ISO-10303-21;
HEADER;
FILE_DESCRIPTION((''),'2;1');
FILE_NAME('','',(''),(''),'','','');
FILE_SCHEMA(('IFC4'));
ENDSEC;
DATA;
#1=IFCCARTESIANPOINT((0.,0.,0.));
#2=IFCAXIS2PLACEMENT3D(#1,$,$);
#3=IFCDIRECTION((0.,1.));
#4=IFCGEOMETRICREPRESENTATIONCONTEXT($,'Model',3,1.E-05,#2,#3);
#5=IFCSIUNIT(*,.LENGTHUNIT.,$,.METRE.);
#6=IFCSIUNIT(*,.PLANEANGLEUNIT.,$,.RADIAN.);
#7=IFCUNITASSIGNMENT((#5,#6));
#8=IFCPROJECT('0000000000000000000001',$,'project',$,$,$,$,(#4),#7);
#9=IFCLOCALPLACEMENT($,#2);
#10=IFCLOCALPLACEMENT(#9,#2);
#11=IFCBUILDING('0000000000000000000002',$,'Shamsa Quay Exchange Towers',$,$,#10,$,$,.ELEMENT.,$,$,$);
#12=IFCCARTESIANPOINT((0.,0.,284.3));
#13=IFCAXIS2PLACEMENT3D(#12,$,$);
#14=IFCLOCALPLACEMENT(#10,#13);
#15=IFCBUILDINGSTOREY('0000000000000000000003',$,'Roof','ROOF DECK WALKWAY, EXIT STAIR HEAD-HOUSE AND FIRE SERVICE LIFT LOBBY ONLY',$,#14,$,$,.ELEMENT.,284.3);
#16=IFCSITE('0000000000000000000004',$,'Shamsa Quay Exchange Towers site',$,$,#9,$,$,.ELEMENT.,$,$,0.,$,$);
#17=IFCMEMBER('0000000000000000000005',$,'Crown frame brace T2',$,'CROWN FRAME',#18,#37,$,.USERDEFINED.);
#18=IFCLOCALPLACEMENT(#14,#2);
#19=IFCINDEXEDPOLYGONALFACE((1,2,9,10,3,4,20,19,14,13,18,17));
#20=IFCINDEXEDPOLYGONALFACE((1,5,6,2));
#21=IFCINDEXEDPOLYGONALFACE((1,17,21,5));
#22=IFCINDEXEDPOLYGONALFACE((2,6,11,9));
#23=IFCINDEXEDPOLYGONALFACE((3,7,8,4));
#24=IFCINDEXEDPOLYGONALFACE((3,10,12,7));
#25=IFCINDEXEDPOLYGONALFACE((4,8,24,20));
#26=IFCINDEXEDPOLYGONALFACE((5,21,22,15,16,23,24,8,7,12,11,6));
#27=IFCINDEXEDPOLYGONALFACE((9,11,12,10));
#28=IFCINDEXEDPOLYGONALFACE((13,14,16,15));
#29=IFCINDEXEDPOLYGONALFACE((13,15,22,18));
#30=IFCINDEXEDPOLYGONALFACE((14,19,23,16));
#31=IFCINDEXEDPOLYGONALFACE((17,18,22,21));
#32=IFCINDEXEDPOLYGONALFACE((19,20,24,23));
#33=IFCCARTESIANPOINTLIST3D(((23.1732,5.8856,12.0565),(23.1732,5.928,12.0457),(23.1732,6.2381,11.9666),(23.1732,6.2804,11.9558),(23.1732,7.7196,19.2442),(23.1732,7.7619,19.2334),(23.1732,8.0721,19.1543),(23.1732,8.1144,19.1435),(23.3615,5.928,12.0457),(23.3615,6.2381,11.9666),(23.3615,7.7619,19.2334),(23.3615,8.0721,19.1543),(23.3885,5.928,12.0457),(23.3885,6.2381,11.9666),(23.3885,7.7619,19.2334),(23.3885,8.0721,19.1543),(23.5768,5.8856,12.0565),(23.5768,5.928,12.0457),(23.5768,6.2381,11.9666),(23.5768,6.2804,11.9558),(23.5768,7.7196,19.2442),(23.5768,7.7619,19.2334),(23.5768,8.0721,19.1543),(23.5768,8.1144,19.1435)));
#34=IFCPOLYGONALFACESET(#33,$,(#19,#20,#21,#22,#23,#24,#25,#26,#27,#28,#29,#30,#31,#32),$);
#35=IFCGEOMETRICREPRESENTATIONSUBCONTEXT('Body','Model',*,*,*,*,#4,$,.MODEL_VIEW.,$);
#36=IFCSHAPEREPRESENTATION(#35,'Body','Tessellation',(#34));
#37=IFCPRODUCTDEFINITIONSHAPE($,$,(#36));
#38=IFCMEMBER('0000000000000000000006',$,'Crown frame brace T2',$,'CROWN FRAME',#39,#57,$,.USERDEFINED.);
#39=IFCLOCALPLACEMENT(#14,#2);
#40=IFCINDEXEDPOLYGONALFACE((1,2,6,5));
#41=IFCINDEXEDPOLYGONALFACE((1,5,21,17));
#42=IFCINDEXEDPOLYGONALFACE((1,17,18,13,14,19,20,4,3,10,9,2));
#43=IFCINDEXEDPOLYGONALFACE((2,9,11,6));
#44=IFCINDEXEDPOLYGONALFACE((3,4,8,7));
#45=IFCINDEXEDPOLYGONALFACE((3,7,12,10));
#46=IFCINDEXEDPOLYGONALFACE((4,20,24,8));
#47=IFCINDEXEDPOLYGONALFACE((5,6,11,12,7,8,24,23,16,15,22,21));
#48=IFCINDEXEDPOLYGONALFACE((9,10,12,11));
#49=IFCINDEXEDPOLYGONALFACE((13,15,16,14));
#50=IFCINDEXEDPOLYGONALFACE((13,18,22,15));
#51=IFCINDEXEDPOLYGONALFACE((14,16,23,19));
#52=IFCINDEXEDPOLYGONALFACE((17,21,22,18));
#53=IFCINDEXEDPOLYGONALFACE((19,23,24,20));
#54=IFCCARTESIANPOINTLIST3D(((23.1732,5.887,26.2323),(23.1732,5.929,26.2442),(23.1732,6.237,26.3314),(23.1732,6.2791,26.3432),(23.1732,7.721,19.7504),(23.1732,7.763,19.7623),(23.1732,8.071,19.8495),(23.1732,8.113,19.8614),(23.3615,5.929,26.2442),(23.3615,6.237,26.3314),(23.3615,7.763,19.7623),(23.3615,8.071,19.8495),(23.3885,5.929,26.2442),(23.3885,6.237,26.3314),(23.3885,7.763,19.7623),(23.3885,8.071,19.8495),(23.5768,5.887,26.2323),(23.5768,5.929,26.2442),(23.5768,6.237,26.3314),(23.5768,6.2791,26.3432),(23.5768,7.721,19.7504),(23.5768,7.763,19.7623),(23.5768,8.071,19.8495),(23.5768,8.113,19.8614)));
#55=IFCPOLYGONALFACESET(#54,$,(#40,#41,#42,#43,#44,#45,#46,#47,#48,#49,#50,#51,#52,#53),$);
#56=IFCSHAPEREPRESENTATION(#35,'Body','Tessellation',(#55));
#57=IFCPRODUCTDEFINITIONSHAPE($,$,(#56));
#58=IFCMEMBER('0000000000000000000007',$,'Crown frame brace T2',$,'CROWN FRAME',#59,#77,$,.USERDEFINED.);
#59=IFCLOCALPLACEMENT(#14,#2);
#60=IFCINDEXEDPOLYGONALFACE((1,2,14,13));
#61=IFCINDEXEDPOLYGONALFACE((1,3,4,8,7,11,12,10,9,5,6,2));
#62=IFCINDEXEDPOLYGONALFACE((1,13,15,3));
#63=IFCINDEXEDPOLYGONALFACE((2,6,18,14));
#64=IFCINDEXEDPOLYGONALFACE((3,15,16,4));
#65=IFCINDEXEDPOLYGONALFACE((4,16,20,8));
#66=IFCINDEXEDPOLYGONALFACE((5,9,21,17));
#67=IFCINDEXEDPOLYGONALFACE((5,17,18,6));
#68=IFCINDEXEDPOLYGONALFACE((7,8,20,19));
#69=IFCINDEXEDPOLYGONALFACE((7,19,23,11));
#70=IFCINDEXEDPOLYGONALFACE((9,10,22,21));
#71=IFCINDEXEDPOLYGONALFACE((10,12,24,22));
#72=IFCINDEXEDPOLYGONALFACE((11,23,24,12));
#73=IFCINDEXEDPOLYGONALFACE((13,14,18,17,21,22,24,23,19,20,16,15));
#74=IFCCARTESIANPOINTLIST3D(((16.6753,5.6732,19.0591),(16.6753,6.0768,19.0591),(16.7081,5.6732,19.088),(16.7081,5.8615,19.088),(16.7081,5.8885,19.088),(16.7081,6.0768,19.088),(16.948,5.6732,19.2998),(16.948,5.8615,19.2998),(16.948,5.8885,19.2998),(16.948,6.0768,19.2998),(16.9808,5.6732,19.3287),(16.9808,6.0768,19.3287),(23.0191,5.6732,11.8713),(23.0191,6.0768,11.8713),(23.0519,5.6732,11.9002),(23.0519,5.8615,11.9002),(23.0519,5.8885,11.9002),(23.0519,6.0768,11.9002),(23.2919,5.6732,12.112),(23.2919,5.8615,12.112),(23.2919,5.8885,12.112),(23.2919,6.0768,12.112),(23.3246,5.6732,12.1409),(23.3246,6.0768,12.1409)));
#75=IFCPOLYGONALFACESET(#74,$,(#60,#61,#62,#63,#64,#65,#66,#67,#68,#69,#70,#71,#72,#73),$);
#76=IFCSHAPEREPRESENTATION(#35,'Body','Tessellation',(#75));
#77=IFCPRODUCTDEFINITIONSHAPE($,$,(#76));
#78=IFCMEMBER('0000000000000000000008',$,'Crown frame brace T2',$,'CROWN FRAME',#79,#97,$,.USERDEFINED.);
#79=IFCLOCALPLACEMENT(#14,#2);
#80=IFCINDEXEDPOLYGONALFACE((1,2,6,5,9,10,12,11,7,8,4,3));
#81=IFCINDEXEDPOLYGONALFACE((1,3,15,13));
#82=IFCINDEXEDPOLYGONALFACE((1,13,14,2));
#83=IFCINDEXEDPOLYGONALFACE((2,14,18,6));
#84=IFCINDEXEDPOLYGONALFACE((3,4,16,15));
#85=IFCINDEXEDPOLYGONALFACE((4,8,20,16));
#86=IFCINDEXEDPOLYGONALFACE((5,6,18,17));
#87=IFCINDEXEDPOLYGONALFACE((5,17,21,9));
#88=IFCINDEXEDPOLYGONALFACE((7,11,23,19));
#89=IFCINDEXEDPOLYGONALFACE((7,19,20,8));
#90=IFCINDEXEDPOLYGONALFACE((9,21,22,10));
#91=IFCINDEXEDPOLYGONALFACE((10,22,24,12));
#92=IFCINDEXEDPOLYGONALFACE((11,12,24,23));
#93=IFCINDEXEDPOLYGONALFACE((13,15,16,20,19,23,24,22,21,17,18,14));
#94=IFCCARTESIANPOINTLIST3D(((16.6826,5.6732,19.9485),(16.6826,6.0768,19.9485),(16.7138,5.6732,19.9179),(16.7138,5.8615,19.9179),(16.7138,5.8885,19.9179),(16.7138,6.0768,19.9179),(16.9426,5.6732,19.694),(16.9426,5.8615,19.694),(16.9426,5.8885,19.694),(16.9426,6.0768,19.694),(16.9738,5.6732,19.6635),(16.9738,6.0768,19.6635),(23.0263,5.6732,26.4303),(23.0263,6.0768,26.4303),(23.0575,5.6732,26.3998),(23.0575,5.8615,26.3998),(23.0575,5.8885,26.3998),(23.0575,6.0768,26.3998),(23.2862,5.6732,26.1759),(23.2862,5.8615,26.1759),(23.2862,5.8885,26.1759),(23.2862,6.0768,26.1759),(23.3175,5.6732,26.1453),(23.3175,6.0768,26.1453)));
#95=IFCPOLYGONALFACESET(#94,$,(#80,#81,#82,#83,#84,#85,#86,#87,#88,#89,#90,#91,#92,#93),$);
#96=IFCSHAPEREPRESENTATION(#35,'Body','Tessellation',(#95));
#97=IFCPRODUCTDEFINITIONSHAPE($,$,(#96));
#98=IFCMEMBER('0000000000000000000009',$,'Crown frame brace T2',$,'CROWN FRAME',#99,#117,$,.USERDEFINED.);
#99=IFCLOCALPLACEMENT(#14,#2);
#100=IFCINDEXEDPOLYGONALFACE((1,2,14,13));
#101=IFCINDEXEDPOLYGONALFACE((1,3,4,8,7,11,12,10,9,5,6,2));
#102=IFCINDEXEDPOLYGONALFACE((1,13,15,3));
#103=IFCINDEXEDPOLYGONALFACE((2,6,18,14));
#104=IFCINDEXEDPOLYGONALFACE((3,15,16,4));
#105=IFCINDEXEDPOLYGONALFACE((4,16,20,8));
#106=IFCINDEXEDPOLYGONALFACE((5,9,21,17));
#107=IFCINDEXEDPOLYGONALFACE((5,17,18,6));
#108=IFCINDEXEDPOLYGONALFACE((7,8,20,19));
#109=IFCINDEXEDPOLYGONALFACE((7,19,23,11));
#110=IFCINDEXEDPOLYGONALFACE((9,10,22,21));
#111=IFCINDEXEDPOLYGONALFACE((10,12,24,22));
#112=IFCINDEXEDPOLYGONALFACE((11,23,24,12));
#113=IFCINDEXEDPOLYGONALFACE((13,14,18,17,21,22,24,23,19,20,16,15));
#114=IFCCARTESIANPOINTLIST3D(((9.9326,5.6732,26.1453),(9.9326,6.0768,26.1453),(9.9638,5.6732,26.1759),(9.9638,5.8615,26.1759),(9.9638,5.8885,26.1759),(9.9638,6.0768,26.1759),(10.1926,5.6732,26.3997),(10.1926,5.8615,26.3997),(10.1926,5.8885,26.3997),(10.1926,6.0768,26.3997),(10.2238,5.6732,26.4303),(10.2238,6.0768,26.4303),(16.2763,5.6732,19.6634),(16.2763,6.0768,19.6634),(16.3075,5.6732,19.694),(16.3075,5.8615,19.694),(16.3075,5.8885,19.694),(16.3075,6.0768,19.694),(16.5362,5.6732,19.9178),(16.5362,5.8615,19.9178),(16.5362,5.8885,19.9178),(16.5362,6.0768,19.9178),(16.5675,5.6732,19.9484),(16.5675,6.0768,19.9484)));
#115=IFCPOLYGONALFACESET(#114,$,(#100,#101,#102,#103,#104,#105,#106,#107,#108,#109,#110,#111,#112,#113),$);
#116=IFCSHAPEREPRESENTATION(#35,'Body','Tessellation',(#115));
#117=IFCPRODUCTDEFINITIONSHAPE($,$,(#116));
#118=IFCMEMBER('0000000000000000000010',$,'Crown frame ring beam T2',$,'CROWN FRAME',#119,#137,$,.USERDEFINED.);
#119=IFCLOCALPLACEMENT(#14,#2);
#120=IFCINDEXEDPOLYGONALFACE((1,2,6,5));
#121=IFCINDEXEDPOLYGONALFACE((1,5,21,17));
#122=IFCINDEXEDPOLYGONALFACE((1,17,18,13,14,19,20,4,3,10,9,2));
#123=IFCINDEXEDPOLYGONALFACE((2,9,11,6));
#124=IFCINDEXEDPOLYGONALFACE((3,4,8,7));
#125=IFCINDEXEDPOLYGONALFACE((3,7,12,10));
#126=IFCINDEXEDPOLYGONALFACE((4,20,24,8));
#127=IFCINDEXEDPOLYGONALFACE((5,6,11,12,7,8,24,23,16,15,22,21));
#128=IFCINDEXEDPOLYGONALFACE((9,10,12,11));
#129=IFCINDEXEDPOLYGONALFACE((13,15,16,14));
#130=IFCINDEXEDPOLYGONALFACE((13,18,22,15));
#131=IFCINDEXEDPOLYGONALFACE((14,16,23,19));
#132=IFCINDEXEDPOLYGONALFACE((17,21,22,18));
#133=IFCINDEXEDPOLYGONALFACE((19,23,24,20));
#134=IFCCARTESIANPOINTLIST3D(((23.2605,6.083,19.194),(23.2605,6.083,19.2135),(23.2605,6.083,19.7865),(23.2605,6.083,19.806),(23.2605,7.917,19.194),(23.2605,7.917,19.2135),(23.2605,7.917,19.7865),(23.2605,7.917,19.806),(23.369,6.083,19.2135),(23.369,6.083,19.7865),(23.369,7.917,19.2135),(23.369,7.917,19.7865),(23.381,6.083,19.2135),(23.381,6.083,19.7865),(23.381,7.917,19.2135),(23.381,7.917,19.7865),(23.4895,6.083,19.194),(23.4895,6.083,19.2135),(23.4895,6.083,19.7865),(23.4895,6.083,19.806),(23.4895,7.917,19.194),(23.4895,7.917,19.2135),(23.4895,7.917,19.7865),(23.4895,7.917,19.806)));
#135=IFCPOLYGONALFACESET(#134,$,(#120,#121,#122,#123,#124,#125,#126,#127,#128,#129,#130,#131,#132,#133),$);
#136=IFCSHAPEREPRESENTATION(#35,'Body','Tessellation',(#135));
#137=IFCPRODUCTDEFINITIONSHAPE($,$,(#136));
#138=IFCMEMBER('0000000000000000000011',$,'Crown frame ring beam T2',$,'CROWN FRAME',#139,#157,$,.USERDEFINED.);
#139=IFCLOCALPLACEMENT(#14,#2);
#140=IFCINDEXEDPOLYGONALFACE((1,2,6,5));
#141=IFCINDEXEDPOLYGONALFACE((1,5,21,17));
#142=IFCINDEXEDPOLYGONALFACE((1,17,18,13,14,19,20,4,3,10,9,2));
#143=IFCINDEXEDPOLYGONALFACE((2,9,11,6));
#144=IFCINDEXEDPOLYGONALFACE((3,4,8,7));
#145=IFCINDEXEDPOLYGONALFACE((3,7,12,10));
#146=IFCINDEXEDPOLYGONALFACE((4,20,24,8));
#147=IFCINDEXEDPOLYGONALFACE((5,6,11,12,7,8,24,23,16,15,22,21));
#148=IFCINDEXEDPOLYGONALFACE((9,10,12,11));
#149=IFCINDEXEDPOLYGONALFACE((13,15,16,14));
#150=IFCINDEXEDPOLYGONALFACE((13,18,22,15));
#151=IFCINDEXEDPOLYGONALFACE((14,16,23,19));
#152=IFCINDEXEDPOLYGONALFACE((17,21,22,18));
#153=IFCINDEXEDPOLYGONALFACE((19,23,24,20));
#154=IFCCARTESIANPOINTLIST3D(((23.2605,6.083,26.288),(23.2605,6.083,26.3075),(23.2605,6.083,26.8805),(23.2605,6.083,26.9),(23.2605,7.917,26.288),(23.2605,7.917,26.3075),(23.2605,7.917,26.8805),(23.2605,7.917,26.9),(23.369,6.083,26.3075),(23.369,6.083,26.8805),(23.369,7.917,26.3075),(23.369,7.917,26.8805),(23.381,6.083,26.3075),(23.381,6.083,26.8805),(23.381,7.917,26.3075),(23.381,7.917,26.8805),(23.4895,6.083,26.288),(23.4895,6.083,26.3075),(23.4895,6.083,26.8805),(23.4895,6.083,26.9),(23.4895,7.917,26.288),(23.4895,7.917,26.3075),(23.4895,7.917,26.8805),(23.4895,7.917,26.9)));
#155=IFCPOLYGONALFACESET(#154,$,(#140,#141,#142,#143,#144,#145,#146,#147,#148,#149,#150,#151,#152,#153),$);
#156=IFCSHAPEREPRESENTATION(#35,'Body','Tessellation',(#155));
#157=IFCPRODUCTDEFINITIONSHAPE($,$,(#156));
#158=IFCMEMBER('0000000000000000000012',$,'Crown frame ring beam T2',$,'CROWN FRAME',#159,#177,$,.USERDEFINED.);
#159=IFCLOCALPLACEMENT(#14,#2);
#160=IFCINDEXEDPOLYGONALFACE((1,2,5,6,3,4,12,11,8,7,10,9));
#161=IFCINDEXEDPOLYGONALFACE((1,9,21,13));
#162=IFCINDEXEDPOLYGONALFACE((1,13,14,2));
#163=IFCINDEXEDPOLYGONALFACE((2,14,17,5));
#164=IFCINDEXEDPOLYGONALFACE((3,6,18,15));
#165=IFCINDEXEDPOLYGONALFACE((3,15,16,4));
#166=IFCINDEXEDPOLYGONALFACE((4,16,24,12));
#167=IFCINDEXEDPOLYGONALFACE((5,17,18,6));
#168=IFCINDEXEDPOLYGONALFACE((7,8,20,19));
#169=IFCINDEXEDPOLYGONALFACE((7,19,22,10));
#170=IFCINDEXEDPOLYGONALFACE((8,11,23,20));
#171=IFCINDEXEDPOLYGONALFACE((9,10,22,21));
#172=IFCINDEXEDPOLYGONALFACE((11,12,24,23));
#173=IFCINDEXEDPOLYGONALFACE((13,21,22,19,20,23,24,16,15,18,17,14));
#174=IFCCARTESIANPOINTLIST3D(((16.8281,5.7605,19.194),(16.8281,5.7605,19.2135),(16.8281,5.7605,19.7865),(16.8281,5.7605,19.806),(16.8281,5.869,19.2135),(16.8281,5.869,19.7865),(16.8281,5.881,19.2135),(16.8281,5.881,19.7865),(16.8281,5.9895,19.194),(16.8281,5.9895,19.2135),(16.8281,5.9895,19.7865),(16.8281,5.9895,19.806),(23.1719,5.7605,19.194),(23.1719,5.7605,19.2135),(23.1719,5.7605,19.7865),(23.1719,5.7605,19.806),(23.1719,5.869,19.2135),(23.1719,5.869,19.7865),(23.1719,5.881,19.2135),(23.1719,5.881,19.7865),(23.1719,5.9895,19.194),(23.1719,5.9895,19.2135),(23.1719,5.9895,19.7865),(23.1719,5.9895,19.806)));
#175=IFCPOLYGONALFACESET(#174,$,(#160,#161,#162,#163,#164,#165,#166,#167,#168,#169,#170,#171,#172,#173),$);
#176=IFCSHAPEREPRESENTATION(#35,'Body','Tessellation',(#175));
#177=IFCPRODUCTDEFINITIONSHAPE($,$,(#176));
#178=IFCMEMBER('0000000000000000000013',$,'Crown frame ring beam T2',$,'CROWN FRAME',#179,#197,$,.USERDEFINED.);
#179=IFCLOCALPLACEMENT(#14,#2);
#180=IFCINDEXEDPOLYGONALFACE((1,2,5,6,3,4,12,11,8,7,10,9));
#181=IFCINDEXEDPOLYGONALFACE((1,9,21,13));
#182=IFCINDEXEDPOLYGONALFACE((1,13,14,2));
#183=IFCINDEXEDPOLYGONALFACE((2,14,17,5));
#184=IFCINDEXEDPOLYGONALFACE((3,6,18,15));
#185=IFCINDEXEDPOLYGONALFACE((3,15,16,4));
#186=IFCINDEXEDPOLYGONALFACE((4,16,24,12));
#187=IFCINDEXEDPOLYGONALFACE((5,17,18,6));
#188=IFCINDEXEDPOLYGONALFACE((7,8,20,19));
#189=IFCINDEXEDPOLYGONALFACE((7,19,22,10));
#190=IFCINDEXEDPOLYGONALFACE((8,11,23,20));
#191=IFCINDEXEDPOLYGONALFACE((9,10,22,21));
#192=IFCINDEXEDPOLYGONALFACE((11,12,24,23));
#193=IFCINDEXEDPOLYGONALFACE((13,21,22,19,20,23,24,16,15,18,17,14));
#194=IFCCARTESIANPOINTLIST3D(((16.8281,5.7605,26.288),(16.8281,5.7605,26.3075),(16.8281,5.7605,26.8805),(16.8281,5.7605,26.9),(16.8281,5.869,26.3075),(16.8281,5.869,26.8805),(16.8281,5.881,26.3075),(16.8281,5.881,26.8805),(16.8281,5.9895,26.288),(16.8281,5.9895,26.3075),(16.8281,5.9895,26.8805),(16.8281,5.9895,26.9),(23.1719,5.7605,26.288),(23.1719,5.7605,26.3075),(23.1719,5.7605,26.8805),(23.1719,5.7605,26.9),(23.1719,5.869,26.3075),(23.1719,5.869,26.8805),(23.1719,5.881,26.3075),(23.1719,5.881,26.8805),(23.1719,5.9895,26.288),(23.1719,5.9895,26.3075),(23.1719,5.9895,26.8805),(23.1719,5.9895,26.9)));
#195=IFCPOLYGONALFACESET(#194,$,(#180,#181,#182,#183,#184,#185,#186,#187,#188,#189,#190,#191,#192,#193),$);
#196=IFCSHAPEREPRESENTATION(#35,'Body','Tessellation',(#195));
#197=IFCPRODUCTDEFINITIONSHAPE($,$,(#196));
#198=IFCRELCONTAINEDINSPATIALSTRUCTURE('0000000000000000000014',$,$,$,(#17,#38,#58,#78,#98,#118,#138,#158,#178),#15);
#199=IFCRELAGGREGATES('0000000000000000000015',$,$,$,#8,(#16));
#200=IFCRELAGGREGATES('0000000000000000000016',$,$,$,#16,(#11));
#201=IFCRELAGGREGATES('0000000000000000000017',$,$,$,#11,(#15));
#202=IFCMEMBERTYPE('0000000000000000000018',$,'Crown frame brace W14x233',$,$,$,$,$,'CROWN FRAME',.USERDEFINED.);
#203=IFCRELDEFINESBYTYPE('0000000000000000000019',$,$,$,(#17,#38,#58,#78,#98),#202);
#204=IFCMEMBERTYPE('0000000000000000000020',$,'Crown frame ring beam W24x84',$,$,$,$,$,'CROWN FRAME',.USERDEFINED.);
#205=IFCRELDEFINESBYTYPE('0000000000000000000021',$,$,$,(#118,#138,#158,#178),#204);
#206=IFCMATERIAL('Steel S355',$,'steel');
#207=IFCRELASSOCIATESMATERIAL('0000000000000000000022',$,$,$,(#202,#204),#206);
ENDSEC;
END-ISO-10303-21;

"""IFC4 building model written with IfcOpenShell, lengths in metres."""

from ifc_helpers import new_model, si_unit, direction, frame, origin, origin_2d, place, context, subcontext, project, spatial, i_section, extrude, material, material_profile, profile_set, type_object, element, save


model = new_model("IFC4")

# Units and contexts
model_context = context("Model", 3, precision=1e-05, world=origin(), true_north=direction((0.0, 1.0)))
body_context = subcontext(model_context, "Body", "Model", "MODEL_VIEW")
ifc_project = project(units=[si_unit("LENGTHUNIT", "METRE"), si_unit("PLANEANGLEUNIT", "RADIAN")], contexts=[model_context])

# Site, building, storey
site_placement = place(None, origin())
site = spatial("IfcSite", under=ifc_project, at=site_placement, Name="Shamsa Quay Exchange Towers site", CompositionType="ELEMENT", RefElevation=0.0)
building_placement = place(site_placement, origin())
building = spatial("IfcBuilding", under=site, at=building_placement, Name="Shamsa Quay Exchange Towers", CompositionType="ELEMENT")
storey_placement = place(building_placement, frame((0.0, 0.0, 284.3)))
storey = spatial("IfcBuildingStorey", under=building, at=storey_placement, Name="Roof", Description="ROOF DECK WALKWAY, EXIT STAIR HEAD-HOUSE AND FIRE SERVICE LIFT LOBBY ONLY", CompositionType="ELEMENT", Elevation=284.3)

# Members
ifc_material_1 = material(Name="Steel S355", Category="steel")
ifc_material_profile_1 = material_profile(ifc_material_1, i_section(OverallWidth=0.4036, OverallDepth=0.4075, WebThickness=0.0271, FlangeThickness=0.0437, at=origin_2d()), Name="W14x233")
ifc_profile_set_1 = profile_set([ifc_material_profile_1], Name="Steel S355")
member_type_1 = type_object("IfcMemberType", Name="Crown frame brace W14x233", ElementType="CROWN FRAME", PredefinedType="USERDEFINED", material=ifc_profile_set_1)
member_1_placement = place(storey_placement, frame((23.375, 7.917, 19.1938), z_axis=(0.0, -0.247233, -0.968956), x_axis=(1.0, 0.0, 0.0)))
element("IfcMember", 1, at=member_1_placement, inside=storey, type_object=member_type_1, Name="Crown frame brace T2", ObjectType="CROWN FRAME", PredefinedType="USERDEFINED", context=body_context, shape_type="SweptSolid", body=[
    extrude(i_section(OverallWidth=0.4036, OverallDepth=0.4075, WebThickness=0.0271, FlangeThickness=0.0437, at=origin_2d()), origin(), (0.0, 0.0, 1.0), 7.418),
])
member_2_placement = place(storey_placement, frame((23.375, 7.917, 19.8059), z_axis=(0.0, -0.27225, 0.962226), x_axis=(1.0, 0.0, 0.0)))
element("IfcMember", 2, at=member_2_placement, inside=storey, type_object=member_type_1, Name="Crown frame brace T2", ObjectType="CROWN FRAME", PredefinedType="USERDEFINED", context=body_context, shape_type="SweptSolid", body=[
    extrude(i_section(OverallWidth=0.4036, OverallDepth=0.4075, WebThickness=0.0271, FlangeThickness=0.0437, at=origin_2d()), origin(), (0.0, 0.0, 1.0), 6.7363),
])
member_3_placement = place(storey_placement, frame((23.1719, 5.875, 12.0061), z_axis=(-0.661717, 0.0, 0.749754), x_axis=(0.0, -1.0, 0.0)))
element("IfcMember", 3, at=member_3_placement, inside=storey, type_object=member_type_1, Name="Crown frame brace T2", ObjectType="CROWN FRAME", PredefinedType="USERDEFINED", context=body_context, shape_type="SweptSolid", body=[
    extrude(i_section(OverallWidth=0.4036, OverallDepth=0.4075, WebThickness=0.0271, FlangeThickness=0.0437, at=origin_2d()), origin(), (0.0, 0.0, 1.0), 9.5869),
])
for number, where, z_axis, x_axis, name in (
    (4, (23.1719, 5.875, 26.2878), (-0.699448, 0.0, -0.714684), (0.0, -1.0, 0.0), "Crown frame brace T2"),
    (5, (16.4219, 5.875, 19.8059), (-0.699448, 0.0, 0.714684), (0.0, -1.0, 0.0), "Crown frame brace T2"),
):
    element("IfcMember", number, at=place(storey_placement, frame(where, z_axis=z_axis, x_axis=x_axis)), inside=storey, type_object=member_type_1, Name=name, ObjectType="CROWN FRAME", PredefinedType="USERDEFINED", context=body_context, shape_type="SweptSolid", body=[
        extrude(i_section(OverallWidth=0.4036, OverallDepth=0.4075, WebThickness=0.0271, FlangeThickness=0.0437, at=origin_2d()), origin(), (0.0, 0.0, 1.0), 9.0696),
    ])
ifc_material_profile_2 = material_profile(ifc_material_1, i_section(OverallWidth=0.229, OverallDepth=0.6121, WebThickness=0.012, FlangeThickness=0.0195, at=origin_2d()), Name="W24x84")
ifc_profile_set_2 = profile_set([ifc_material_profile_2], Name="Steel S355")
member_type_2 = type_object("IfcMemberType", Name="Crown frame ring beam W24x84", ElementType="CROWN FRAME", PredefinedType="USERDEFINED", material=ifc_profile_set_2)
for number, where, z_axis, x_axis, name in (
    (6, (23.375, 7.917, 19.5), (0.0, -1.0, 0.0), (1.0, 0.0, 0.0), "Crown frame ring beam T2"),
    (7, (23.375, 7.917, 26.594), (0.0, -1.0, 0.0), (1.0, 0.0, 0.0), "Crown frame ring beam T2"),
):
    element("IfcMember", number, at=place(storey_placement, frame(where, z_axis=z_axis, x_axis=x_axis)), inside=storey, type_object=member_type_2, Name=name, ObjectType="CROWN FRAME", PredefinedType="USERDEFINED", context=body_context, shape_type="SweptSolid", body=[
        extrude(i_section(OverallWidth=0.229, OverallDepth=0.6121, WebThickness=0.012, FlangeThickness=0.0195, at=origin_2d()), origin(), (0.0, 0.0, 1.0), 1.834),
    ])
for number, where, z_axis, x_axis, name in (
    (8, (23.1719, 5.875, 19.5), (-1.0, 0.0, 0.0), (0.0, -1.0, 0.0), "Crown frame ring beam T2"),
    (9, (23.1719, 5.875, 26.594), (-1.0, 0.0, 0.0), (0.0, -1.0, 0.0), "Crown frame ring beam T2"),
):
    element("IfcMember", number, at=place(storey_placement, frame(where, z_axis=z_axis, x_axis=x_axis)), inside=storey, type_object=member_type_2, Name=name, ObjectType="CROWN FRAME", PredefinedType="USERDEFINED", context=body_context, shape_type="SweptSolid", body=[
        extrude(i_section(OverallWidth=0.229, OverallDepth=0.6121, WebThickness=0.012, FlangeThickness=0.0195, at=origin_2d()), origin(), (0.0, 0.0, 1.0), 6.3438),
    ])

save(model, "model.ifc")
